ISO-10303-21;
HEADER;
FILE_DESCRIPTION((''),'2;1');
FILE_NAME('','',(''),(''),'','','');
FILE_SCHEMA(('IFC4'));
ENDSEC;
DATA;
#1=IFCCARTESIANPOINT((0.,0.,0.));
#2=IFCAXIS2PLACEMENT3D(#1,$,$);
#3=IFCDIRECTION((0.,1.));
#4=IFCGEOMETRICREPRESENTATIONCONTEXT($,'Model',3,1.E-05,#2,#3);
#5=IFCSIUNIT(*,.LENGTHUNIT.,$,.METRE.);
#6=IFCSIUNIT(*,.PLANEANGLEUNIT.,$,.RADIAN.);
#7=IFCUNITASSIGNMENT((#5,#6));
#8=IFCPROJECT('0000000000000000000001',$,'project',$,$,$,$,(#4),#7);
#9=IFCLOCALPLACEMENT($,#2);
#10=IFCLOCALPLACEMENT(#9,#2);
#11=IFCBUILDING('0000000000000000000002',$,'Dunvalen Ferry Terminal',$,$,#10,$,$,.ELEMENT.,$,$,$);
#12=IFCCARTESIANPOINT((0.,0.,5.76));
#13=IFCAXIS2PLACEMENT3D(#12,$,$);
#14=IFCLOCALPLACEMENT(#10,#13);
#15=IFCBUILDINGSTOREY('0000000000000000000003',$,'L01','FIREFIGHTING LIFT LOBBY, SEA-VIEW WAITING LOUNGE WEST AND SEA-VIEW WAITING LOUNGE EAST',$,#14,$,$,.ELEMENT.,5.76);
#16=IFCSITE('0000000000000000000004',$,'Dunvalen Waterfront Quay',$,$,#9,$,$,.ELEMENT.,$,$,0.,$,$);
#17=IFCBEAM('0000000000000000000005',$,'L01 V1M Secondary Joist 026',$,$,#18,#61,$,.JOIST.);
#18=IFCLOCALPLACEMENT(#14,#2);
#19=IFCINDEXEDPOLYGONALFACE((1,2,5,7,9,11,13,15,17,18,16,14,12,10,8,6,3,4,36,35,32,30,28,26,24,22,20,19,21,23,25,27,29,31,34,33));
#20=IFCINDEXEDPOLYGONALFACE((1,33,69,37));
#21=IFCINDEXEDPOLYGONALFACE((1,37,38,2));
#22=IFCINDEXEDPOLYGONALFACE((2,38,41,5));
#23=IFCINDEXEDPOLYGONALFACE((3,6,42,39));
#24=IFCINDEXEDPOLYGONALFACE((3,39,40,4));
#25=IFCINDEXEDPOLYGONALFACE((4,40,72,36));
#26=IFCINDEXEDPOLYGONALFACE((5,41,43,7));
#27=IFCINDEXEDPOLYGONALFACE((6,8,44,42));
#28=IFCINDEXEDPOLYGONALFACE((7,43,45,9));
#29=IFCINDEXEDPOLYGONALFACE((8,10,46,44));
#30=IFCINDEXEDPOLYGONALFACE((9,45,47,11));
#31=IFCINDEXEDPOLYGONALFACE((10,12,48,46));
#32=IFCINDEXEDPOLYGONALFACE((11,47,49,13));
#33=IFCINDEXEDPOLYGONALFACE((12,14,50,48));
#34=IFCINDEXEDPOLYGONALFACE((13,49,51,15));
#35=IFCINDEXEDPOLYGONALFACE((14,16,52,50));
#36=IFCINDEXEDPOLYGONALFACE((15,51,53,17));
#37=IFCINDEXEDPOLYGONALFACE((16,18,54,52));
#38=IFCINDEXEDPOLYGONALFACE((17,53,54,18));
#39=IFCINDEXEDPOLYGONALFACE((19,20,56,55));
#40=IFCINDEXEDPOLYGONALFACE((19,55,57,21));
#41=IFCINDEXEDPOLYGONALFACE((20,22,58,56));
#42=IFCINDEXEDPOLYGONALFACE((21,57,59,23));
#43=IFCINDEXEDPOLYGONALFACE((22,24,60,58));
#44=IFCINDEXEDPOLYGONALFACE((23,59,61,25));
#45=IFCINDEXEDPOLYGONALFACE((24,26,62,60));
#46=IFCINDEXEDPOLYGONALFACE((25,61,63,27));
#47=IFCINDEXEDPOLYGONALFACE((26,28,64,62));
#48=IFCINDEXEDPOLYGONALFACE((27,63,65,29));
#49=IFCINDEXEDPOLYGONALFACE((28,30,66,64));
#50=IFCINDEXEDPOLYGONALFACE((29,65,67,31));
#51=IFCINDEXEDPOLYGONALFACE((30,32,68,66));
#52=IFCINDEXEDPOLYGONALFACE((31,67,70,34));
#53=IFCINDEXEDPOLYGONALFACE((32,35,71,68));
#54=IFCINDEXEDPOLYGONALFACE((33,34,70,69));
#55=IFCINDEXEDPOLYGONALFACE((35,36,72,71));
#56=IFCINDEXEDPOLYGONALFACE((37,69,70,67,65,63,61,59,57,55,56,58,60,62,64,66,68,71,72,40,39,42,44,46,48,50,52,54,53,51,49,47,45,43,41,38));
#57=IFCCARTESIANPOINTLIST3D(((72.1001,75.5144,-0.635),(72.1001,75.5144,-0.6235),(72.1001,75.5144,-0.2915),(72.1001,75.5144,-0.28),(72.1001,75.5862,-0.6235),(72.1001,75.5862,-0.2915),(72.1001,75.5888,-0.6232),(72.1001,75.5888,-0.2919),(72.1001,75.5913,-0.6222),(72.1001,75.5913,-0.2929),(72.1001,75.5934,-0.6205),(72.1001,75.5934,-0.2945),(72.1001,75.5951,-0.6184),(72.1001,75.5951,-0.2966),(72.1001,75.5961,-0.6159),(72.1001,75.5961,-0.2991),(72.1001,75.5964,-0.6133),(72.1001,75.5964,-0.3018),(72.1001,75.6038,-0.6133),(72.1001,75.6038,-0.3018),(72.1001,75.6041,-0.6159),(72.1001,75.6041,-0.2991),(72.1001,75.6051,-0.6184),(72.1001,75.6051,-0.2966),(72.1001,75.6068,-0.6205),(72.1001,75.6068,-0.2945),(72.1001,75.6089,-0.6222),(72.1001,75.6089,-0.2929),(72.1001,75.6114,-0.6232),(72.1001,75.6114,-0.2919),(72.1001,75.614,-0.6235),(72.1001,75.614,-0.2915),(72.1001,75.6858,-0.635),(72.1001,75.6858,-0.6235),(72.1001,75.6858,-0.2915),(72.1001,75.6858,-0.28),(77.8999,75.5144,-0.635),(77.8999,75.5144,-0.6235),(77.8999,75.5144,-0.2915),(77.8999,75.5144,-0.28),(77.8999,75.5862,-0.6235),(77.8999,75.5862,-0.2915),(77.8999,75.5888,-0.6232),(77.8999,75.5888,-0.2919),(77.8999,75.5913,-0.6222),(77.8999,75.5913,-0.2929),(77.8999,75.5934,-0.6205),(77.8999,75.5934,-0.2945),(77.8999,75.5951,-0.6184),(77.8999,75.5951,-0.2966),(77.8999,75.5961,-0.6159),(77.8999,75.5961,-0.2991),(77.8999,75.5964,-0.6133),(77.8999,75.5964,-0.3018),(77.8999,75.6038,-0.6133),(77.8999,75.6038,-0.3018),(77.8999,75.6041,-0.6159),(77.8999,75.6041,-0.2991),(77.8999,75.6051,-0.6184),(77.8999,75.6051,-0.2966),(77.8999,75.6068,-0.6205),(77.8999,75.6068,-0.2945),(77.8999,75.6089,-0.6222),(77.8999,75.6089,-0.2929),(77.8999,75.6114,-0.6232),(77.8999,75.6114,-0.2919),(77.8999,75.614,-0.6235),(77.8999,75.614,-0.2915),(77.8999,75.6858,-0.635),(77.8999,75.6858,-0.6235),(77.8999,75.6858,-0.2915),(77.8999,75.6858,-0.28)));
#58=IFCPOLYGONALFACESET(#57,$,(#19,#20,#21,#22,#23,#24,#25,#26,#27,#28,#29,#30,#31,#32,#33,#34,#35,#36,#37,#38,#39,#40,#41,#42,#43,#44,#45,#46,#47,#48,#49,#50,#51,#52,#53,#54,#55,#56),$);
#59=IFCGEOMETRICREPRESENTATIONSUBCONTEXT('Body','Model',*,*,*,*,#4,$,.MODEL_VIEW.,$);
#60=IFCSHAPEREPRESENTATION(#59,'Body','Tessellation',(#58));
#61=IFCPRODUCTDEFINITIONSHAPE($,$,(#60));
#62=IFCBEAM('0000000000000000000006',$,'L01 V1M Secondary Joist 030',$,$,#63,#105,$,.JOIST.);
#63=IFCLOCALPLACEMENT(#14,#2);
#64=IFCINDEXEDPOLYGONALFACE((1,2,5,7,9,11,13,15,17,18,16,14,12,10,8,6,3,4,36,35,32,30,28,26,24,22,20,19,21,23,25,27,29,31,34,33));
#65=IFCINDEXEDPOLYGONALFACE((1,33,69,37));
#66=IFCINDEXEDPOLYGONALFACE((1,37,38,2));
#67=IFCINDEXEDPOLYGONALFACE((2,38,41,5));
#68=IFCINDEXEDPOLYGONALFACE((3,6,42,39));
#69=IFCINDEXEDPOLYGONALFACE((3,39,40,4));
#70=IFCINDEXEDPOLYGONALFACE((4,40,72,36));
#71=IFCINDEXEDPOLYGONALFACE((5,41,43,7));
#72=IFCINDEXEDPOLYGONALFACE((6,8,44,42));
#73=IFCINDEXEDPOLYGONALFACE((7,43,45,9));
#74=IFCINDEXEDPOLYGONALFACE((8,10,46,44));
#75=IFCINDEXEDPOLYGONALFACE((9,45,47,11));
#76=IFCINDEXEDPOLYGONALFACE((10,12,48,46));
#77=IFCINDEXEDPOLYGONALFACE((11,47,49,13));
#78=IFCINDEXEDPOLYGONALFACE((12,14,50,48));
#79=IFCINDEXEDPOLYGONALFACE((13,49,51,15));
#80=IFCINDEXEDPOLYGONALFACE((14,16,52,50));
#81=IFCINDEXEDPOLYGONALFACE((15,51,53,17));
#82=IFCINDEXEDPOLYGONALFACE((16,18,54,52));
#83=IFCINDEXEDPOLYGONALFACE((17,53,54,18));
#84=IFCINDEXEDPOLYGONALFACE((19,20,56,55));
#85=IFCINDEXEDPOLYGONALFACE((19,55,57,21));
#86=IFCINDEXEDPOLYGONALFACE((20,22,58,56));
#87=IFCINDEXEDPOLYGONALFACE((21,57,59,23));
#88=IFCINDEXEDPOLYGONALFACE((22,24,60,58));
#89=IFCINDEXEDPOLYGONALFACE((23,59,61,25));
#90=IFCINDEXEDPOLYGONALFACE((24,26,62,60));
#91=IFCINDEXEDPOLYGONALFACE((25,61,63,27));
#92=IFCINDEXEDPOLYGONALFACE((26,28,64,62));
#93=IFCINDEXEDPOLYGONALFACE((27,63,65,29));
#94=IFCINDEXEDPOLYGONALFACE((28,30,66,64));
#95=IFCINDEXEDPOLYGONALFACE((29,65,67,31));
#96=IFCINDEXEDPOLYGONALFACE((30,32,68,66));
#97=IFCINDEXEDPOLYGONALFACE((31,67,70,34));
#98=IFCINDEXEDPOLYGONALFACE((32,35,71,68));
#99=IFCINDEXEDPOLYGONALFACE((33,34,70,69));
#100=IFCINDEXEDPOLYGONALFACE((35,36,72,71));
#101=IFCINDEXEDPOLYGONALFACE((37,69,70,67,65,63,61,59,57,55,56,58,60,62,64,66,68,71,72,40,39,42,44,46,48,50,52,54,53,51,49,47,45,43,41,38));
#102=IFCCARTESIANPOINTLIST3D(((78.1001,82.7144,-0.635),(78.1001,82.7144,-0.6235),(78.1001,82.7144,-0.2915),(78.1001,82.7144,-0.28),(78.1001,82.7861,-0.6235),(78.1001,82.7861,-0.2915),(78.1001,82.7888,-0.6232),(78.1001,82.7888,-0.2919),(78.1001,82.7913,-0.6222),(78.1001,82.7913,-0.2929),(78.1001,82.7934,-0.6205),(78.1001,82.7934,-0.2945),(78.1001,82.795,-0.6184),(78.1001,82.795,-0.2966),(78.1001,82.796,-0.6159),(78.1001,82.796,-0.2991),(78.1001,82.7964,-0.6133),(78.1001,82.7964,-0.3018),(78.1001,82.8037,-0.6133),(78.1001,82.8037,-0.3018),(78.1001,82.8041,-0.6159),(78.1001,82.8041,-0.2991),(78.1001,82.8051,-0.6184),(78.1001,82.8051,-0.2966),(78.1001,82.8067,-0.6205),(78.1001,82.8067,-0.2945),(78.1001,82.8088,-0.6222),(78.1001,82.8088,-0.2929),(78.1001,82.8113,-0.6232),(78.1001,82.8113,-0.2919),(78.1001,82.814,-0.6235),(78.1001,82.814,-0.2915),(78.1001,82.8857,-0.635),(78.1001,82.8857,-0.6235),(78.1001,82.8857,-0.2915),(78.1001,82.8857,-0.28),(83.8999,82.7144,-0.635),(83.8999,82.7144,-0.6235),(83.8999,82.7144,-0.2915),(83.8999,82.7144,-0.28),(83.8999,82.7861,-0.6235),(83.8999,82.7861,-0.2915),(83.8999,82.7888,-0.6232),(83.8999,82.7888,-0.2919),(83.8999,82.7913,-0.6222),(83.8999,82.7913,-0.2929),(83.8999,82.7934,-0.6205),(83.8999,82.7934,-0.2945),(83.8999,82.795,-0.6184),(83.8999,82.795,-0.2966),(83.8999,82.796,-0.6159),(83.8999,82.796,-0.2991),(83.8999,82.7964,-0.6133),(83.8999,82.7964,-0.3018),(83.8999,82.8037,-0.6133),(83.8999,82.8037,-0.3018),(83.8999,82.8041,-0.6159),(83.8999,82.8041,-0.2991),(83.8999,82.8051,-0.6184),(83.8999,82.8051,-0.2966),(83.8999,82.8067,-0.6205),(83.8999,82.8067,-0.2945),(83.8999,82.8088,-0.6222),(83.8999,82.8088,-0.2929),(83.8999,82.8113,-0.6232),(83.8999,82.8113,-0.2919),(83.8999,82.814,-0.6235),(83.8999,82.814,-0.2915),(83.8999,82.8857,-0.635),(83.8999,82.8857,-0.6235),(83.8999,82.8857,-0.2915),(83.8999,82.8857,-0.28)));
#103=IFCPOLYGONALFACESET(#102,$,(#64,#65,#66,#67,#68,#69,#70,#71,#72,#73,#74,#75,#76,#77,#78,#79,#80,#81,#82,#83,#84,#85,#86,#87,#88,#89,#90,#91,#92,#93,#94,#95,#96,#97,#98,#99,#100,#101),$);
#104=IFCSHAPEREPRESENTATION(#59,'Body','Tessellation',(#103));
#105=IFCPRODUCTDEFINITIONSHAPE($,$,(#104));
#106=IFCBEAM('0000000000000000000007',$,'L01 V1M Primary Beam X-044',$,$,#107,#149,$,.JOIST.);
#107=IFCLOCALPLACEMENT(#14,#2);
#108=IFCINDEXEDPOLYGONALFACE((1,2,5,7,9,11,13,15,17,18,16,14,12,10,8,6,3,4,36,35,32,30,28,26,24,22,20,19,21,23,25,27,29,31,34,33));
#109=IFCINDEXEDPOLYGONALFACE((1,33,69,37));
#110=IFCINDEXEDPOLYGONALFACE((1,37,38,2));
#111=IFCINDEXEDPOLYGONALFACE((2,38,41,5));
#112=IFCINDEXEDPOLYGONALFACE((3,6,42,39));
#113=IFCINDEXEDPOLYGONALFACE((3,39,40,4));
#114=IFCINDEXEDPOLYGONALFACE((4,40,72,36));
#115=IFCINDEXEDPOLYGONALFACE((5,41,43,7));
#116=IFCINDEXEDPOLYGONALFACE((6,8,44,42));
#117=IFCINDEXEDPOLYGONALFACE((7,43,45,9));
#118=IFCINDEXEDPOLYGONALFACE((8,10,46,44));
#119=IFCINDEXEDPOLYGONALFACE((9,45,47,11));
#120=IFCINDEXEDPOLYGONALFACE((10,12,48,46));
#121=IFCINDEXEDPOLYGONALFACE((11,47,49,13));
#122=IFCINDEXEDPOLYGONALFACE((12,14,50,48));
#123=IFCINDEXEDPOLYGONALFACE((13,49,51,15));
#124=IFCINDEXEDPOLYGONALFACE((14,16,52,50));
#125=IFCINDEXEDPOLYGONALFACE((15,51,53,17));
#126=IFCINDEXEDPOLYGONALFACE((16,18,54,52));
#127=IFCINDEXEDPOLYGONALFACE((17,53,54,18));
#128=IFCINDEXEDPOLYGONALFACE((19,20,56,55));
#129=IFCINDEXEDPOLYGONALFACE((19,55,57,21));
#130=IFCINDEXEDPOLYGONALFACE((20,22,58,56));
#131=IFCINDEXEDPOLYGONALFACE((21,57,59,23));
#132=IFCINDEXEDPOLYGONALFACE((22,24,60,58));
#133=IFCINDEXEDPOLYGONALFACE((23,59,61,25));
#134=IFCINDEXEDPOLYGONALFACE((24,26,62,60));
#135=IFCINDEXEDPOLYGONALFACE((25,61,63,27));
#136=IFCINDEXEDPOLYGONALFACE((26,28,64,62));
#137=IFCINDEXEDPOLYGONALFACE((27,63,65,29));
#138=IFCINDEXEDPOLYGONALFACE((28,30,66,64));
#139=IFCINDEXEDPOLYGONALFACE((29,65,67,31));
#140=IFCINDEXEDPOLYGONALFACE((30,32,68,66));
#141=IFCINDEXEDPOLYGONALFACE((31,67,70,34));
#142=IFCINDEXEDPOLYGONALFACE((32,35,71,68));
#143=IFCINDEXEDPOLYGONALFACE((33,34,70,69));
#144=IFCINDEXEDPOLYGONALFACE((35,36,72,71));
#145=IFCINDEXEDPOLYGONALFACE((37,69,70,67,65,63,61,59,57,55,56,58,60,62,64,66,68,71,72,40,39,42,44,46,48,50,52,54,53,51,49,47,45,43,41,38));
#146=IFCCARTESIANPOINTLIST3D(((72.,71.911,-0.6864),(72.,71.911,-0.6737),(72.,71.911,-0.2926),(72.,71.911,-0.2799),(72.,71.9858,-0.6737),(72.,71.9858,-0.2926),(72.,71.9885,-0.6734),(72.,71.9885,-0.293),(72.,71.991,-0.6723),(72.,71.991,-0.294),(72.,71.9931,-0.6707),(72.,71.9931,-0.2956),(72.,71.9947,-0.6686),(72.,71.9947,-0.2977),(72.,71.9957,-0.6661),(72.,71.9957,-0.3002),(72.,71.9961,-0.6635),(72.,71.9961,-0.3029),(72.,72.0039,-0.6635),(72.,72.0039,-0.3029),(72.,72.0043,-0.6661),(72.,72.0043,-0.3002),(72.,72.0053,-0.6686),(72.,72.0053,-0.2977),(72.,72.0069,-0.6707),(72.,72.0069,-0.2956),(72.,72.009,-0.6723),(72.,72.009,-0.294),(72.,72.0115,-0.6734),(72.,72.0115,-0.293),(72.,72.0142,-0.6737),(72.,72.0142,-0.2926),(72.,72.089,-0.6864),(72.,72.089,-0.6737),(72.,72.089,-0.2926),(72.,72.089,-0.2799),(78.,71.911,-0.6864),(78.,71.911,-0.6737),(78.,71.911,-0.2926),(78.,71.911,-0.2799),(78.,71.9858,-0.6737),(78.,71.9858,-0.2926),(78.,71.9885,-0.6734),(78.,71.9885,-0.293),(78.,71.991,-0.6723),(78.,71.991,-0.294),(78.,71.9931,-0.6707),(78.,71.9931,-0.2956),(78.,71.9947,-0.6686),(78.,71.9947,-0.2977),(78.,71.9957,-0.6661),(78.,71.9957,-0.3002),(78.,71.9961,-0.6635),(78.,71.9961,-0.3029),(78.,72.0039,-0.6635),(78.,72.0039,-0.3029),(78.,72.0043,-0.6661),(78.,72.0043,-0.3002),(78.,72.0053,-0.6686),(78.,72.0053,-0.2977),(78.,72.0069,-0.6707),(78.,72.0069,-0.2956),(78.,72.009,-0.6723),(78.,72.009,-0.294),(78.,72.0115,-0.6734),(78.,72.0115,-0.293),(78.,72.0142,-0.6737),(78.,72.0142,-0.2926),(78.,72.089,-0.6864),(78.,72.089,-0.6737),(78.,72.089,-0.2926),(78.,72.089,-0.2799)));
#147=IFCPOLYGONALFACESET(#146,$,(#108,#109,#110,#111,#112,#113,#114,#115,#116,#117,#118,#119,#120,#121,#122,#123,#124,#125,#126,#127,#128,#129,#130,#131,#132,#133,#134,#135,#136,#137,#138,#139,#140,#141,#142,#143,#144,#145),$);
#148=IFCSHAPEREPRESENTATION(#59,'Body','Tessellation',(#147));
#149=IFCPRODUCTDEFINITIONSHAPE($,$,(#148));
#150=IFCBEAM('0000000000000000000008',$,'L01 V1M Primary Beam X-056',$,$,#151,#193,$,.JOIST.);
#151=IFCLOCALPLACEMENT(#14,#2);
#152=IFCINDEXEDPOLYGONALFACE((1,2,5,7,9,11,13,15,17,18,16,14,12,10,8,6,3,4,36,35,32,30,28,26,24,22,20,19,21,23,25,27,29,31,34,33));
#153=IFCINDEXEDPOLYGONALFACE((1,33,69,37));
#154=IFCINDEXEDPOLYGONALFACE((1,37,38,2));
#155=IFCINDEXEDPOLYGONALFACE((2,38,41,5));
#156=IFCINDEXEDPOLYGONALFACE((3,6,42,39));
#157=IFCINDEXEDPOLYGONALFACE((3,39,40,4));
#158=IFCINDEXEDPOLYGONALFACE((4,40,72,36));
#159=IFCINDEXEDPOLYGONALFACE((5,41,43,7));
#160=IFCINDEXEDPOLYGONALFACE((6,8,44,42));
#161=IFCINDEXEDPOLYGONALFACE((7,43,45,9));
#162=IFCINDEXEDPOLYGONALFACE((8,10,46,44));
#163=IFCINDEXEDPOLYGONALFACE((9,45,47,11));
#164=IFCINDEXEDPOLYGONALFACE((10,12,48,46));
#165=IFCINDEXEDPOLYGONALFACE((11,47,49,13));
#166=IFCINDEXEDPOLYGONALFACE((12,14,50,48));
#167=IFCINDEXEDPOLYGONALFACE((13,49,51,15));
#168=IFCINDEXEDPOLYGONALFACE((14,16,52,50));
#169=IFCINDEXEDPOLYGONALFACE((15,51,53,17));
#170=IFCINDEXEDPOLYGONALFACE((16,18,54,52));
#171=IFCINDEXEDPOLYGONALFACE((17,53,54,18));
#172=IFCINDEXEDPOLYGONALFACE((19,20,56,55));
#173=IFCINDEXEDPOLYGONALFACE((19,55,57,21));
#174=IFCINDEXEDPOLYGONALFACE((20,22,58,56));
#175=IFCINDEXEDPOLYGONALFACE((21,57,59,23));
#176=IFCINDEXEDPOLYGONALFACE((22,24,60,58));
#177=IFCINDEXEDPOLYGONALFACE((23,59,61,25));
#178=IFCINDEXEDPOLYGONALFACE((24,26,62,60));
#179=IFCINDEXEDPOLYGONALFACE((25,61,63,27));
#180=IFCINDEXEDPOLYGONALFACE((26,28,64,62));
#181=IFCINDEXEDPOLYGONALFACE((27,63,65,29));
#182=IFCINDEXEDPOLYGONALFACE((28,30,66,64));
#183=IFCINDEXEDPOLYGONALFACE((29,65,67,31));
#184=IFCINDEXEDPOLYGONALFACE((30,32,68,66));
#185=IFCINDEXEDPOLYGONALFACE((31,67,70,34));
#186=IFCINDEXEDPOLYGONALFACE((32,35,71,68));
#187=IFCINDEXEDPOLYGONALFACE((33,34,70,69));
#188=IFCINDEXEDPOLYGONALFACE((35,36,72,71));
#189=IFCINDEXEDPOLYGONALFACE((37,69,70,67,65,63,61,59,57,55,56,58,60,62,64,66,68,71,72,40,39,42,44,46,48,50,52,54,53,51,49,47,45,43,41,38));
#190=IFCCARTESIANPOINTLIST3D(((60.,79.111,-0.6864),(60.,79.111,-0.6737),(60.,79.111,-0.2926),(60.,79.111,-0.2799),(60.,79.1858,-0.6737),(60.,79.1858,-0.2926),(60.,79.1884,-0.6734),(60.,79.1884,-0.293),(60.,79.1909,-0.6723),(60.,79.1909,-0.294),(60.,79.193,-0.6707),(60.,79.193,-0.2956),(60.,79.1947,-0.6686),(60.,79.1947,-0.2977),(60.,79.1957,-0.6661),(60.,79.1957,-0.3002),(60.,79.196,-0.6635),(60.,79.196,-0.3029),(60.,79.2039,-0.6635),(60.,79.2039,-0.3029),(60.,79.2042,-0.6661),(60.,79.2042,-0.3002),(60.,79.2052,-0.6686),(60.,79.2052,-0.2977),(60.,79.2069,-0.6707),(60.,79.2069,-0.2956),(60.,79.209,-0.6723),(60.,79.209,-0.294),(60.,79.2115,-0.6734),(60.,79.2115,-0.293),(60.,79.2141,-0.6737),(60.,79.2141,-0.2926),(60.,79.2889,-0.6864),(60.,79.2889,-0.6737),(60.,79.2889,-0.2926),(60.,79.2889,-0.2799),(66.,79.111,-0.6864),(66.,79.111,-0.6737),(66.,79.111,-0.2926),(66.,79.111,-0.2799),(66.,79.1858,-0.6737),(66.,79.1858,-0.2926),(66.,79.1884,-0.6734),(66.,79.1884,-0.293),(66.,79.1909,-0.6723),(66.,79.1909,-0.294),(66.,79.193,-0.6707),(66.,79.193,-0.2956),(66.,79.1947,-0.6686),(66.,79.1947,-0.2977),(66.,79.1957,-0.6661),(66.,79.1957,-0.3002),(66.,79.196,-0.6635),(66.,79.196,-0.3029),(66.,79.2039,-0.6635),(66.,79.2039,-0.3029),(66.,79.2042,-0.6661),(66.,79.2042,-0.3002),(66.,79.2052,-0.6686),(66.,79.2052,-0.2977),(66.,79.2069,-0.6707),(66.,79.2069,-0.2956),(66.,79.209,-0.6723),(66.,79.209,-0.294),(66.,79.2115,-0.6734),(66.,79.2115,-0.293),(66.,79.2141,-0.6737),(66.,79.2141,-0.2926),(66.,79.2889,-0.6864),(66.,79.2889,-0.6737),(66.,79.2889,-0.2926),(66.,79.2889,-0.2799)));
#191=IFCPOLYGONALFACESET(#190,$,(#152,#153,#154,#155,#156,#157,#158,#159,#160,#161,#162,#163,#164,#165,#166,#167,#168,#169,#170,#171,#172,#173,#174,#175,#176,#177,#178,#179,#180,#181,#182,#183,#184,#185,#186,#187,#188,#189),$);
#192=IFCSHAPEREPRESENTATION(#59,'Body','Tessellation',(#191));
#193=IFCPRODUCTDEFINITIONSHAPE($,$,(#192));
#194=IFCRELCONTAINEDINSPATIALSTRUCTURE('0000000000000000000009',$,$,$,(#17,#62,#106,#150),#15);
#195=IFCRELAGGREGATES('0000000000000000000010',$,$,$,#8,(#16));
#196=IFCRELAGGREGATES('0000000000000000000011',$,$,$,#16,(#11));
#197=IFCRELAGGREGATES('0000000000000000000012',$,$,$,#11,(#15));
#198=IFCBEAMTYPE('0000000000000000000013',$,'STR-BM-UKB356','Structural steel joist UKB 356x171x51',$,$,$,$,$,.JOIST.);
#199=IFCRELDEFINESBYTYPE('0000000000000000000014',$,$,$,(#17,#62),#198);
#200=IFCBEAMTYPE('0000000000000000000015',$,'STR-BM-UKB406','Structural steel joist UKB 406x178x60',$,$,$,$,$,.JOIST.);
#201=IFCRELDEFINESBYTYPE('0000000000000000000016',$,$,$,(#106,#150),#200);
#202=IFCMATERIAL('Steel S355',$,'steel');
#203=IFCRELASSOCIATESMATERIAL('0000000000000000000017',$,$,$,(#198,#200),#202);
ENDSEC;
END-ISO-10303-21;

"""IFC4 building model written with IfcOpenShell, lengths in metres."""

from ifc_helpers import new_model, si_unit, direction, frame, origin, origin_2d, place, context, subcontext, project, spatial, i_section, extrude, material, material_profile, profile_set, type_object, element, save


model = new_model("IFC4")

# Units and contexts
model_context = context("Model", 3, precision=1e-05, world=origin(), true_north=direction((0.0, 1.0)))
body_context = subcontext(model_context, "Body", "Model", "MODEL_VIEW")
ifc_project = project(units=[si_unit("LENGTHUNIT", "METRE"), si_unit("PLANEANGLEUNIT", "RADIAN")], contexts=[model_context])

# Site, building, storey
site_placement = place(None, origin())
site = spatial("IfcSite", under=ifc_project, at=site_placement, Name="Dunvalen Waterfront Quay", CompositionType="ELEMENT", RefElevation=0.0)
building_placement = place(site_placement, origin())
building = spatial("IfcBuilding", under=site, at=building_placement, Name="Dunvalen Ferry Terminal", CompositionType="ELEMENT")
storey_placement = place(building_placement, frame((0.0, 0.0, 5.76)))
storey = spatial("IfcBuildingStorey", under=building, at=storey_placement, Name="L01", Description="FIREFIGHTING LIFT LOBBY, SEA-VIEW WAITING LOUNGE WEST AND SEA-VIEW WAITING LOUNGE EAST", CompositionType="ELEMENT", Elevation=5.76)

# Beams
ifc_material_1 = material(Name="Steel S355", Category="steel")
ifc_material_profile_1 = material_profile(ifc_material_1, i_section(OverallWidth=0.1714, OverallDepth=0.355, WebThickness=0.0073, FlangeThickness=0.0115, FilletRadius=0.0103, at=origin_2d()), Name="Steel S355")
ifc_profile_set_1 = profile_set([ifc_material_profile_1], Name="Steel S355")
beam_type_1 = type_object("IfcBeamType", Name="STR-BM-UKB356", Description="Structural steel joist UKB 356x171x51", PredefinedType="JOIST", material=ifc_profile_set_1)
for number, where, z_axis, x_axis, name in (
    (1, (72.1001, 75.6001, -0.4575), (1.0, 0.0, 0.0), (0.0, 1.0, 0.0), "L01 V1M Secondary Joist 026"),
    (2, (78.1001, 82.8, -0.4575), (1.0, 0.0, 0.0), (0.0, 1.0, 0.0), "L01 V1M Secondary Joist 030"),
):
    element("IfcBeam", number, at=place(storey_placement, frame(where, z_axis=z_axis, x_axis=x_axis)), inside=storey, type_object=beam_type_1, Name=name, PredefinedType="JOIST", context=body_context, shape_type="SweptSolid", body=[
        extrude(i_section(OverallWidth=0.1714, OverallDepth=0.355, WebThickness=0.0073, FlangeThickness=0.0115, FilletRadius=0.0103, at=origin_2d()), origin(), (0.0, 0.0, 1.0), 5.7998),
    ])
ifc_material_profile_2 = material_profile(ifc_material_1, i_section(OverallWidth=0.178, OverallDepth=0.4065, WebThickness=0.0078, FlangeThickness=0.0127, FilletRadius=0.0103, at=origin_2d()), Name="Steel S355")
ifc_profile_set_2 = profile_set([ifc_material_profile_2], Name="Steel S355")
beam_type_2 = type_object("IfcBeamType", Name="STR-BM-UKB406", Description="Structural steel joist UKB 406x178x60", PredefinedType="JOIST", material=ifc_profile_set_2)
for number, where, z_axis, x_axis, name in (
    (3, (72.0, 72.0, -0.4832), (1.0, 0.0, 0.0), (0.0, 1.0, 0.0), "L01 V1M Primary Beam X-044"),
    (4, (60.0, 79.2, -0.4832), (1.0, 0.0, 0.0), (0.0, 1.0, 0.0), "L01 V1M Primary Beam X-056"),
):
    element("IfcBeam", number, at=place(storey_placement, frame(where, z_axis=z_axis, x_axis=x_axis)), inside=storey, type_object=beam_type_2, Name=name, PredefinedType="JOIST", context=body_context, shape_type="SweptSolid", body=[
        extrude(i_section(OverallWidth=0.178, OverallDepth=0.4065, WebThickness=0.0078, FlangeThickness=0.0127, FilletRadius=0.0103, at=origin_2d()), origin(), (0.0, 0.0, 1.0), 6.0),
    ])

save(model, "model.ifc")
